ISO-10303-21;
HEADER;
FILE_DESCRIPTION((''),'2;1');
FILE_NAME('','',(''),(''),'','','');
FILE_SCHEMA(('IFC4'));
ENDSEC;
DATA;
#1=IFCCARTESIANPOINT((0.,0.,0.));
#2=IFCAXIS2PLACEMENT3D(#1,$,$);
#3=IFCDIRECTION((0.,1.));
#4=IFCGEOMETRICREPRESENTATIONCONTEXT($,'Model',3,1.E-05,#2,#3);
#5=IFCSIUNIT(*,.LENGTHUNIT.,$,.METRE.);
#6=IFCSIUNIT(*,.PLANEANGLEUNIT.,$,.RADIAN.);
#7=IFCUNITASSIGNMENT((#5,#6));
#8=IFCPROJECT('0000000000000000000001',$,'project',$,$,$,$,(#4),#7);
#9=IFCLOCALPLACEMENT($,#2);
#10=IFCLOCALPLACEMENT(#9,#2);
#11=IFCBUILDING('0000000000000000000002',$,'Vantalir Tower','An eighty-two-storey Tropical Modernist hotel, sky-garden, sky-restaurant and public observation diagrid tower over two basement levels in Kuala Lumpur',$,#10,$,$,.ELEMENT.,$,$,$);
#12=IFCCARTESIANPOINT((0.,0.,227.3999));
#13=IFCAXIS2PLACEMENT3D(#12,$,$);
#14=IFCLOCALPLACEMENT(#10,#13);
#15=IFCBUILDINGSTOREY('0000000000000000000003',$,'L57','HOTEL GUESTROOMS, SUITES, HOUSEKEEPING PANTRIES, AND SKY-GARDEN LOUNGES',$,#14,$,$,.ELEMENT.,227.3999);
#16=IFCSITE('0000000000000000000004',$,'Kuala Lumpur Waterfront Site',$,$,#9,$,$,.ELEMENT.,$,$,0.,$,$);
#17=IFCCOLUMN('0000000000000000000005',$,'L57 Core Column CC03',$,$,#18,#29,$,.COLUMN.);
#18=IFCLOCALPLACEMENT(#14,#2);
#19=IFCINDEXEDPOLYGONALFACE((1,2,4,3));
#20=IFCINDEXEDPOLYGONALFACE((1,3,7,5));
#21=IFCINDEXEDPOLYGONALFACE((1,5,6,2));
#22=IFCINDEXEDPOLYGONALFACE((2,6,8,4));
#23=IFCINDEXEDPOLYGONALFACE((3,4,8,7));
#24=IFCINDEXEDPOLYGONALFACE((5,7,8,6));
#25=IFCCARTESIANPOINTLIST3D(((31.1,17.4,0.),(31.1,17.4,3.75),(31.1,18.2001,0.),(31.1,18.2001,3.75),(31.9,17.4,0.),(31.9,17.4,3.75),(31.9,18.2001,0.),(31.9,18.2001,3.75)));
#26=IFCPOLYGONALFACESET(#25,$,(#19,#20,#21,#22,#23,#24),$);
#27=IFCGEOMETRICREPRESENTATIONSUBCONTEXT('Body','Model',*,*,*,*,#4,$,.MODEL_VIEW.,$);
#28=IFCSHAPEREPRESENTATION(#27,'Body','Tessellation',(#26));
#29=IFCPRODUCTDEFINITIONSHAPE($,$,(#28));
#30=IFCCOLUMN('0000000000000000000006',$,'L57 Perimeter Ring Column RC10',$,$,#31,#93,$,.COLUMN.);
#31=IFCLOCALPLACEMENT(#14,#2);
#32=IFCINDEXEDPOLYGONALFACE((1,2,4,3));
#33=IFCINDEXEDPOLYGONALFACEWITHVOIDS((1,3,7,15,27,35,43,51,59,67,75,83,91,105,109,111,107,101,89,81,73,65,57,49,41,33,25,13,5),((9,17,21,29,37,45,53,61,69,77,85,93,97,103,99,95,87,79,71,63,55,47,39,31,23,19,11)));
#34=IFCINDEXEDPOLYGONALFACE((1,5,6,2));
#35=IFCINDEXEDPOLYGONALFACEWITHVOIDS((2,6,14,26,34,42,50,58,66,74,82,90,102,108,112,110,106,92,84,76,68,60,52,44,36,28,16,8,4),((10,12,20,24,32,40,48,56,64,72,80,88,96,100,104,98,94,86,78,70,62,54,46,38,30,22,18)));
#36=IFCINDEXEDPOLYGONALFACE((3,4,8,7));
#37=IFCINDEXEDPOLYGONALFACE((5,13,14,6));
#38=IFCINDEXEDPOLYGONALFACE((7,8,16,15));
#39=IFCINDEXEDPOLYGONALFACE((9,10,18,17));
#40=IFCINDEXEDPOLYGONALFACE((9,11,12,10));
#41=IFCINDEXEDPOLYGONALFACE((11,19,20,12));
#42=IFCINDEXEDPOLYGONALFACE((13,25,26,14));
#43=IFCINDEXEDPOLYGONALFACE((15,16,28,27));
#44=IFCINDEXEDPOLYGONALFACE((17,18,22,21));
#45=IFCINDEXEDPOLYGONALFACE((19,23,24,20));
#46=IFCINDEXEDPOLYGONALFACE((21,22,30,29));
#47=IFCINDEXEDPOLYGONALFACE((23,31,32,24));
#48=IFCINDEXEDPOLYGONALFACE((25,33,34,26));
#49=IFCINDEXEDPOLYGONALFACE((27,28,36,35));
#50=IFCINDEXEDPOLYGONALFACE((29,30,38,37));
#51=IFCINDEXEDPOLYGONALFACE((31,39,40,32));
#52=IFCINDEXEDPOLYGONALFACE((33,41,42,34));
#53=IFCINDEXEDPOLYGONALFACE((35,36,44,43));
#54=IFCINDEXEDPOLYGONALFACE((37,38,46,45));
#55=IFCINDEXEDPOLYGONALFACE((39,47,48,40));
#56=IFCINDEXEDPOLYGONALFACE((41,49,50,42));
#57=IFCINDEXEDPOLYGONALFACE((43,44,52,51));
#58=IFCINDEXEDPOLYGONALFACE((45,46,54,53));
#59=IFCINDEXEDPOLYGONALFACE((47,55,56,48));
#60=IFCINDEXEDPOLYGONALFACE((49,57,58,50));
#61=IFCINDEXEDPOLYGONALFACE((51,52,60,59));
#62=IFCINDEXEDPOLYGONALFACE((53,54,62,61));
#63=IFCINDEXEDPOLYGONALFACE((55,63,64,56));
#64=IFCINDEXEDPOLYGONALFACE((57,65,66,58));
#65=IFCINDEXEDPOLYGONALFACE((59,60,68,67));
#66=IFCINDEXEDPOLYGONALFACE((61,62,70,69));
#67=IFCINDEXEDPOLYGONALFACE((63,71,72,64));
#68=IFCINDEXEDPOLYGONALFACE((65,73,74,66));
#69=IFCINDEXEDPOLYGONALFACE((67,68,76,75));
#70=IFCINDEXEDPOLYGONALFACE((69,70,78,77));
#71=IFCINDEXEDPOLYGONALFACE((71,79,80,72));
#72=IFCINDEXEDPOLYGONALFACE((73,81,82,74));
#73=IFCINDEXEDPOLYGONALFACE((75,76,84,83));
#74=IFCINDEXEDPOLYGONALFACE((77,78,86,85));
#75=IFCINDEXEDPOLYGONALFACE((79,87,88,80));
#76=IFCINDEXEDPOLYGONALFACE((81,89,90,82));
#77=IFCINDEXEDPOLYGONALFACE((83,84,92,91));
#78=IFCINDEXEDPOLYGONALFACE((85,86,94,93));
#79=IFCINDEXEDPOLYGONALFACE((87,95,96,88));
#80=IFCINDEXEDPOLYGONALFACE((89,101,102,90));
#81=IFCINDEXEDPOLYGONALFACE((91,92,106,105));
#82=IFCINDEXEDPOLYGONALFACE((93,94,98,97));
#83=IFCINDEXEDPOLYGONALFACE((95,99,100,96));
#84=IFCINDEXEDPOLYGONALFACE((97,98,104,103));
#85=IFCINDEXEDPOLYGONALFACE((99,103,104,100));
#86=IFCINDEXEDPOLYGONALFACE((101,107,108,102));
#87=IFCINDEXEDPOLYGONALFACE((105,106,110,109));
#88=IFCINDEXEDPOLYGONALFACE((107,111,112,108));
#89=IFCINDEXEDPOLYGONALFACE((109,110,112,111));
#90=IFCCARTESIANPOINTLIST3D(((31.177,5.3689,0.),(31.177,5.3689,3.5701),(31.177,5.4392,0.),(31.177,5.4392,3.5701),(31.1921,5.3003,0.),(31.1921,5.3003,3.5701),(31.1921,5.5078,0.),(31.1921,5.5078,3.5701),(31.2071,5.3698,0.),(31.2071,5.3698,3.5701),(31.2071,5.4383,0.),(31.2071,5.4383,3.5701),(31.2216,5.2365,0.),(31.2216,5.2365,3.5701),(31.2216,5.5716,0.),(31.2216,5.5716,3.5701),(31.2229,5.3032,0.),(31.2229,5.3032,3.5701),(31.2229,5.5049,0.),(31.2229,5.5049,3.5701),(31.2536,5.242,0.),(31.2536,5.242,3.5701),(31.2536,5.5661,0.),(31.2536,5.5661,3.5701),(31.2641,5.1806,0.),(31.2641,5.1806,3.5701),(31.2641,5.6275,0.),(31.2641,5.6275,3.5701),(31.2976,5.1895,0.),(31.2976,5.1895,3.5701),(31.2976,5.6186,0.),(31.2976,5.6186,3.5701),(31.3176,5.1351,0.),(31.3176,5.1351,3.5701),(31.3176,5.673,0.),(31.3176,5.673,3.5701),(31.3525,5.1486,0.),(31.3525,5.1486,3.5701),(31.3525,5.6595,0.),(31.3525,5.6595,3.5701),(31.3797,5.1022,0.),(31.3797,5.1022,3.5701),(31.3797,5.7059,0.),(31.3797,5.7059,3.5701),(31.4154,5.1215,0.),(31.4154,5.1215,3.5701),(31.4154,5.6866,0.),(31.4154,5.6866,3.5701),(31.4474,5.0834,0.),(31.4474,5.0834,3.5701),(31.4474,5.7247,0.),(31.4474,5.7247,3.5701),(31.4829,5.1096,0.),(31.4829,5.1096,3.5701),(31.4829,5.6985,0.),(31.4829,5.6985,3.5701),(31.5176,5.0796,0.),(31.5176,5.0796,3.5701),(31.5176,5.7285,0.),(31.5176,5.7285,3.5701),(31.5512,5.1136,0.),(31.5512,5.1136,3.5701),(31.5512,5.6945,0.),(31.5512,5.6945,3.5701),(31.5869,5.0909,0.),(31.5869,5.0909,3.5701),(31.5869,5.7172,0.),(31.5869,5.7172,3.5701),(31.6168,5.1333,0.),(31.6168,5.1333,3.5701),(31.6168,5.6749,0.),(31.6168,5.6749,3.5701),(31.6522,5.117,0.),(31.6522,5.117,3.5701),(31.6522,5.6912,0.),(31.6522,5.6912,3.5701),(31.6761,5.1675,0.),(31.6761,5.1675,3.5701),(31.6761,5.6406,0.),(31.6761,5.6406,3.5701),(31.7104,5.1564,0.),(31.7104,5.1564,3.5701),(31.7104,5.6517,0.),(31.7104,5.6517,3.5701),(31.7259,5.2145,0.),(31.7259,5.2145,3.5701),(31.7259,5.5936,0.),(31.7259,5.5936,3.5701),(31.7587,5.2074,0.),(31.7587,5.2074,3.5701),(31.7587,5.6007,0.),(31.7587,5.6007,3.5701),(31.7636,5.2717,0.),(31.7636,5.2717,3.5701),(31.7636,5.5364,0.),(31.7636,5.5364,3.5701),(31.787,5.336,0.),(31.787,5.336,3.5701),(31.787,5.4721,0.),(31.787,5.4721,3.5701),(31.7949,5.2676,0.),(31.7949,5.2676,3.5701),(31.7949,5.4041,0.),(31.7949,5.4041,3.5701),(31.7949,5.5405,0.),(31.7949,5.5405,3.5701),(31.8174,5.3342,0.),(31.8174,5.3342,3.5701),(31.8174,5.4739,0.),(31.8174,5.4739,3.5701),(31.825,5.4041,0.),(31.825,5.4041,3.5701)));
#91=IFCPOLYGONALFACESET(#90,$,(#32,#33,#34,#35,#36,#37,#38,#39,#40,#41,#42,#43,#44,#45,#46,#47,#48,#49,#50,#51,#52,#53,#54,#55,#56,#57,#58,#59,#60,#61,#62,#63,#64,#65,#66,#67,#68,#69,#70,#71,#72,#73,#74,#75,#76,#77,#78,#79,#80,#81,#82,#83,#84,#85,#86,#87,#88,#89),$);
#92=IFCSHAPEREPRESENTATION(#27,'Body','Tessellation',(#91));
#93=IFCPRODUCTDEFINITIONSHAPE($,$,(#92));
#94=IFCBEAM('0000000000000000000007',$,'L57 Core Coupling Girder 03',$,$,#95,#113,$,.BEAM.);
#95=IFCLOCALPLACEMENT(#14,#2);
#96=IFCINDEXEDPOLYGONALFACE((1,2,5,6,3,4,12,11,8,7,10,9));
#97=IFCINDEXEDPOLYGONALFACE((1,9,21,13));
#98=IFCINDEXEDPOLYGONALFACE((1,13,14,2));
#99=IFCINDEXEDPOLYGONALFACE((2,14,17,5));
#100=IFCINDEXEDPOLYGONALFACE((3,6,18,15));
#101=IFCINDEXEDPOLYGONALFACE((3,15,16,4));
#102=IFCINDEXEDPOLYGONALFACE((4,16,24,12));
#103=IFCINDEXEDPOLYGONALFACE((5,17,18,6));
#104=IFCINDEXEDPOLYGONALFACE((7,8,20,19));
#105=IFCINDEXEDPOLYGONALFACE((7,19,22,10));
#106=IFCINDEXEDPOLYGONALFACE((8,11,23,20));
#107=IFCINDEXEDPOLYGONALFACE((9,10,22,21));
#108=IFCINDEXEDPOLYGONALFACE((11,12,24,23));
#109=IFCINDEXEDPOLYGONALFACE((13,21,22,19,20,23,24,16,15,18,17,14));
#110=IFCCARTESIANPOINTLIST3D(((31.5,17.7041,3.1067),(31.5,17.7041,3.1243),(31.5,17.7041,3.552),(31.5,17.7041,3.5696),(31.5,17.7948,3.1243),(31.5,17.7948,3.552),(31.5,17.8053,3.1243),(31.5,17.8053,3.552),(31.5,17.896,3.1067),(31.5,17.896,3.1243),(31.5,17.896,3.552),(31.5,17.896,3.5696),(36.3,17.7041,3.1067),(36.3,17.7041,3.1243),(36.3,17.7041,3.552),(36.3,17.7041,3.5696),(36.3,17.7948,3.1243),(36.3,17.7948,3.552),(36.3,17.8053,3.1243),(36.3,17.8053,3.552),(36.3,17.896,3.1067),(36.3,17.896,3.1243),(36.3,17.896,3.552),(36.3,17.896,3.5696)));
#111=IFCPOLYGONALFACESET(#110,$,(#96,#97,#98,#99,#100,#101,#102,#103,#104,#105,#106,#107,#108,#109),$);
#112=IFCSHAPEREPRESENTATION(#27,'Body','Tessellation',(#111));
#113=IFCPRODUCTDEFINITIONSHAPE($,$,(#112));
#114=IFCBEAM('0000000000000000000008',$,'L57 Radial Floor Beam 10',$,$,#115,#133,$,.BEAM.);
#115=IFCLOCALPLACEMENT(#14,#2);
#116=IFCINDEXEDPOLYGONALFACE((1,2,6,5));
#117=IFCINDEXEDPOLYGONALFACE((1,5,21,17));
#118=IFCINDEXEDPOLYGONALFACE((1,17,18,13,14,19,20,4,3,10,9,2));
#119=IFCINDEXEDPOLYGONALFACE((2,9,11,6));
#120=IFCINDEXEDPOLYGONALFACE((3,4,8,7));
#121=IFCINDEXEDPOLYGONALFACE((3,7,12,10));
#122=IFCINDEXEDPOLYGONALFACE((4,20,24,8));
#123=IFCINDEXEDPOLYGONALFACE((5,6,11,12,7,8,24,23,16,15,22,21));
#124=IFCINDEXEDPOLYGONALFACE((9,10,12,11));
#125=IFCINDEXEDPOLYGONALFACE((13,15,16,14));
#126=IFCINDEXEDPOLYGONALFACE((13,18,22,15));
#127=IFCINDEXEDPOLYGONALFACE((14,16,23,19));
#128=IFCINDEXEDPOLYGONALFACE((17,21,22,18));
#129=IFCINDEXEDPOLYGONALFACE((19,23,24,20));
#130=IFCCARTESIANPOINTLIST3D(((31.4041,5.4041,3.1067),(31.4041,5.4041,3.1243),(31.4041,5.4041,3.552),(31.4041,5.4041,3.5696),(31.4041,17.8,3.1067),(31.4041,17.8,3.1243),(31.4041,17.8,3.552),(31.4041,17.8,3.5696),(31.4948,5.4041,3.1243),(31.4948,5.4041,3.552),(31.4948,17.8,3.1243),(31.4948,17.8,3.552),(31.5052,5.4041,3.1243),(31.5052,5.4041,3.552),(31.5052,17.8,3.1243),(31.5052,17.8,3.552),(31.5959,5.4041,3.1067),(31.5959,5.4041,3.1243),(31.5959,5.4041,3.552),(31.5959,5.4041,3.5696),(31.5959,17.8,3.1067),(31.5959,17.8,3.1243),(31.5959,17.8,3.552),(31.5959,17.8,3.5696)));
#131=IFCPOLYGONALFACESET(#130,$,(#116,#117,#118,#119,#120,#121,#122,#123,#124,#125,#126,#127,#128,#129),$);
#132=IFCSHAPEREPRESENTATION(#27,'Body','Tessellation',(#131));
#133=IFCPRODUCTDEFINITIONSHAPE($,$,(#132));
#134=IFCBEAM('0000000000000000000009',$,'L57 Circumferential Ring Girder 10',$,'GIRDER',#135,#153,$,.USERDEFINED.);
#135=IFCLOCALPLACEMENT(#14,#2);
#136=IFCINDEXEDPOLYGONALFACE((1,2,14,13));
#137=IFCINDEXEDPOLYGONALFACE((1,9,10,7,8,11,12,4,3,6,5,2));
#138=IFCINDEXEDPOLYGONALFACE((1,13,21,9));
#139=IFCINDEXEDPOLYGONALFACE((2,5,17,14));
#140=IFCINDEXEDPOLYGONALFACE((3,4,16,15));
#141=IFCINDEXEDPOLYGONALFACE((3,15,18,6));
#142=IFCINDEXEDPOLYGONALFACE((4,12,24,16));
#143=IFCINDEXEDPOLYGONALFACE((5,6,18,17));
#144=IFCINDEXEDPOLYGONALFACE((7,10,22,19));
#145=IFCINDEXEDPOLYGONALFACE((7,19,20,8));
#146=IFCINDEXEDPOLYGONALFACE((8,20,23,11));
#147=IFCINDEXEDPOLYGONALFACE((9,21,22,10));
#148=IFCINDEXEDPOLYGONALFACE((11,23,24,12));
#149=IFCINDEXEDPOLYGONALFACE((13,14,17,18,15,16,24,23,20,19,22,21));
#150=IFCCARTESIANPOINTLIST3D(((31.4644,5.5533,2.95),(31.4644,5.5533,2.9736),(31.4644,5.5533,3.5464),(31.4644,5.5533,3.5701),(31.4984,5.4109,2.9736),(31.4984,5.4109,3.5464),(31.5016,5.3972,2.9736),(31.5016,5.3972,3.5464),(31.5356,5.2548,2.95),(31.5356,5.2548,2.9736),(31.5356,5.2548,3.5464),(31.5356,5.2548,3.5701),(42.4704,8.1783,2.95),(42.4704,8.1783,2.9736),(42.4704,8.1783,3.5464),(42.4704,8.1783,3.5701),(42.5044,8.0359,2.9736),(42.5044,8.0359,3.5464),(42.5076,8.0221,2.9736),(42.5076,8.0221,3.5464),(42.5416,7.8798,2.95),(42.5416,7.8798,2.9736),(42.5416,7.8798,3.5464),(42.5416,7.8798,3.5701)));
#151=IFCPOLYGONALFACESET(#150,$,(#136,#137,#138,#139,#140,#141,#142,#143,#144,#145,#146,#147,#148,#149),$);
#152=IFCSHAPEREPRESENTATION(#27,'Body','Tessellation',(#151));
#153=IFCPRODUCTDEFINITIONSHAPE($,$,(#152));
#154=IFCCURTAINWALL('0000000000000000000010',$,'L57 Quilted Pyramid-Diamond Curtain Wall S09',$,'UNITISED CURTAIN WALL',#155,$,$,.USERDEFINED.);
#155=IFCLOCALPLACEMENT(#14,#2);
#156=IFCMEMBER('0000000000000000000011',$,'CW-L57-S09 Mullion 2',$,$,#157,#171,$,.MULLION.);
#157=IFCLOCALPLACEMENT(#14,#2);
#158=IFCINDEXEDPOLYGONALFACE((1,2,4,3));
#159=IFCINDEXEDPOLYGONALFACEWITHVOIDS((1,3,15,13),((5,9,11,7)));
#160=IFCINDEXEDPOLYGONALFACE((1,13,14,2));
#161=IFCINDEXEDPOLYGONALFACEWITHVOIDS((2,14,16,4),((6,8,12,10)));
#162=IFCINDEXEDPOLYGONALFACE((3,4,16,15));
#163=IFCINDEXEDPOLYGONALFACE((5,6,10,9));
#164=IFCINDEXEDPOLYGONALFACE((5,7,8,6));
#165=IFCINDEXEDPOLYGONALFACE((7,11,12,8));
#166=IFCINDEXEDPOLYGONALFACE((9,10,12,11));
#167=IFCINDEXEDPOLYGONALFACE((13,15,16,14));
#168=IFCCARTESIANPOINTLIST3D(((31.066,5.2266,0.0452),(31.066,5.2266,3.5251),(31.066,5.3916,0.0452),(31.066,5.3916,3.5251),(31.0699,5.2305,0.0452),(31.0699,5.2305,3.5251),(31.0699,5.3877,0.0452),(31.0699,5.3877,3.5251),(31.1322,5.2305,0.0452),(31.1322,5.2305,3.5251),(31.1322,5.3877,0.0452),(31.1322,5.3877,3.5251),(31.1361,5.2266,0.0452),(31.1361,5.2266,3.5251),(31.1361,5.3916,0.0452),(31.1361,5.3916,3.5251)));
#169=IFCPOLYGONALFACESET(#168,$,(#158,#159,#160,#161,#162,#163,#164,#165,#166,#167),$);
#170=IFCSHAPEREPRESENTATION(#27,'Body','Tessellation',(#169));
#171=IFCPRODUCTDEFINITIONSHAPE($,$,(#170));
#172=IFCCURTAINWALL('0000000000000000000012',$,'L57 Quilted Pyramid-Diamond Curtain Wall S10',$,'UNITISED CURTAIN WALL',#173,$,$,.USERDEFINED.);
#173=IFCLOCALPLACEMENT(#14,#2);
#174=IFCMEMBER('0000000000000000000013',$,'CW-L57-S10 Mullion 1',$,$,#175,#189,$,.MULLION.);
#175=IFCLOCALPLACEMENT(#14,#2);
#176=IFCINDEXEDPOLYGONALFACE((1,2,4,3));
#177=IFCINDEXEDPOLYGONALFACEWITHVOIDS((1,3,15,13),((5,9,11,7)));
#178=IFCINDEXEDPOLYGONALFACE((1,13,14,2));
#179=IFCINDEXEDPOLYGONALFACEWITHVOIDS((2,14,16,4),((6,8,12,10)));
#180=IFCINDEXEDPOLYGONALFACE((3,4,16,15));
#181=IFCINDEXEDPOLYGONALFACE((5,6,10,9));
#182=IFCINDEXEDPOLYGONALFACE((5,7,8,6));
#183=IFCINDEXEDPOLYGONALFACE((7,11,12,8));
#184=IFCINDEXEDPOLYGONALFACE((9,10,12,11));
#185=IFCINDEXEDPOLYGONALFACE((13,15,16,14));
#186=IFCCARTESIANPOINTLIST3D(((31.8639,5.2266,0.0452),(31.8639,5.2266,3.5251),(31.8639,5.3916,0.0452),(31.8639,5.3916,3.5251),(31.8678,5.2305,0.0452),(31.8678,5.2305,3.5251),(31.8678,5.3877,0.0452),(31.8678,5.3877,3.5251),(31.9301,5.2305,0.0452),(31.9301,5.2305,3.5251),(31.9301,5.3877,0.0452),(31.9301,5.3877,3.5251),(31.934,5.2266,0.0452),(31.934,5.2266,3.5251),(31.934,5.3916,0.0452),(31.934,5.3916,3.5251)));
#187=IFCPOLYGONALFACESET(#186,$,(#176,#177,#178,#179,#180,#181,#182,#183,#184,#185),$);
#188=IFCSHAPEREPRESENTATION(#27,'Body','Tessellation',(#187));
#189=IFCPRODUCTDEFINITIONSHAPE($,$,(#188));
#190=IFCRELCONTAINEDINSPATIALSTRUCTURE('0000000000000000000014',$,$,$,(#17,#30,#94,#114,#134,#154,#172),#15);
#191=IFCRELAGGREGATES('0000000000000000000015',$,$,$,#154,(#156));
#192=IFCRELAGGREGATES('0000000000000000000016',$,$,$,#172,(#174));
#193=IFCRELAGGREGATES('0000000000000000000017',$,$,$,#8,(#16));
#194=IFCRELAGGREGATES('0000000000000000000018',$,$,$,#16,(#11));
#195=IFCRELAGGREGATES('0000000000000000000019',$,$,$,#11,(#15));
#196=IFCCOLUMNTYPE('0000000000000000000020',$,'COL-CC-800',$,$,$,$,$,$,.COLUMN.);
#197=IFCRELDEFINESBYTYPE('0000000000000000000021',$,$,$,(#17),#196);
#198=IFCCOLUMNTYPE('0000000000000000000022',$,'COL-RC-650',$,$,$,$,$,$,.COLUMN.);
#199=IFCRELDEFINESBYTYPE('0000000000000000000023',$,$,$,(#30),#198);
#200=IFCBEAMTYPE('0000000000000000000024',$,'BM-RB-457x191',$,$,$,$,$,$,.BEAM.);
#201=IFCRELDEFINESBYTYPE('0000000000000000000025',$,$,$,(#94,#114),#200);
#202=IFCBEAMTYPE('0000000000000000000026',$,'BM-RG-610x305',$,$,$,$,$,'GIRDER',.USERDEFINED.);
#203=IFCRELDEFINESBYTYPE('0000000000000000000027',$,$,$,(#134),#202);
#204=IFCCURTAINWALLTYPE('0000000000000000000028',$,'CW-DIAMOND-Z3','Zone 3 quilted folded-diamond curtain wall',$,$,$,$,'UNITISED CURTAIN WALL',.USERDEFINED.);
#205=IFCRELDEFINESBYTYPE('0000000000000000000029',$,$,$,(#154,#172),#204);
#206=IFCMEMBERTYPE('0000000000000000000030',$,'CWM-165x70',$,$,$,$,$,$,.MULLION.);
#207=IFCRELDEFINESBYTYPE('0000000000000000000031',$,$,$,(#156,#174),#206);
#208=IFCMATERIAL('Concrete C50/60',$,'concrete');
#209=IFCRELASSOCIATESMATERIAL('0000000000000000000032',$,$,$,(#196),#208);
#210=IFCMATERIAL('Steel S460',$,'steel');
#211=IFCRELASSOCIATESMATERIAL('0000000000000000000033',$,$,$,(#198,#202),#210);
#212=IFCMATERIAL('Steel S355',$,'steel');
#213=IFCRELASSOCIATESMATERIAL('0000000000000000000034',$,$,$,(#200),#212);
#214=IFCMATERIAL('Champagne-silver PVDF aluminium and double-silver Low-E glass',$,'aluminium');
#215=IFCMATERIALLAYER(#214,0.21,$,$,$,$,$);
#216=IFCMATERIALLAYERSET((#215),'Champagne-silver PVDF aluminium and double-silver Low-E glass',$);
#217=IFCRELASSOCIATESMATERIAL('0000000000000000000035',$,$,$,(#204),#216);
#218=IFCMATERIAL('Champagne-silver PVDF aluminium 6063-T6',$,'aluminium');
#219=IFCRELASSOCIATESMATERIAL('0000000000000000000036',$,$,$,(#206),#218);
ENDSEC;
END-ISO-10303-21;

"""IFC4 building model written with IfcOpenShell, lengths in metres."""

from ifc_helpers import new_model, si_unit, direction, frame, origin, origin_2d, place, context, subcontext, project, spatial, rectangle, hollow_rectangle, hollow_circle, i_section, extrude, material, layer, layer_set, material_profile, profile_set, type_object, element, aggregate, save


model = new_model("IFC4")

# Units and contexts
model_context = context("Model", 3, precision=1e-05, world=origin(), true_north=direction((0.0, 1.0)))
body_context = subcontext(model_context, "Body", "Model", "MODEL_VIEW")
ifc_project = project(units=[si_unit("LENGTHUNIT", "METRE"), si_unit("PLANEANGLEUNIT", "RADIAN")], contexts=[model_context])

# Site, building, storey
site_placement = place(None, origin())
site = spatial("IfcSite", under=ifc_project, at=site_placement, Name="Kuala Lumpur Waterfront Site", CompositionType="ELEMENT", RefElevation=0.0)
building_placement = place(site_placement, origin())
building = spatial("IfcBuilding", under=site, at=building_placement, Name="Vantalir Tower", Description="An eighty-two-storey Tropical Modernist hotel, sky-garden, sky-restaurant and public observation diagrid tower over two basement levels in Kuala Lumpur", CompositionType="ELEMENT")
storey_placement = place(building_placement, frame((0.0, 0.0, 227.3999)))
storey = spatial("IfcBuildingStorey", under=building, at=storey_placement, Name="L57", Description="HOTEL GUESTROOMS, SUITES, HOUSEKEEPING PANTRIES, AND SKY-GARDEN LOUNGES", CompositionType="ELEMENT", Elevation=227.3999)

# Columns
ifc_material_1 = material(Name="Concrete C50/60", Category="concrete")
ifc_material_profile_1 = material_profile(ifc_material_1, rectangle(XDim=0.8, YDim=0.8, at=origin_2d()), Name="Concrete C50/60")
ifc_profile_set_1 = profile_set([ifc_material_profile_1], Name="Concrete C50/60")
column_type_1 = type_object("IfcColumnType", Name="COL-CC-800", PredefinedType="COLUMN", material=ifc_profile_set_1)
column_1_placement = place(storey_placement, frame((31.5, 17.8, 0.0), z_axis=(0.0, 0.0, 1.0), x_axis=(1.0, 0.0, 0.0)))
element("IfcColumn", 1, at=column_1_placement, inside=storey, type_object=column_type_1, Name="L57 Core Column CC03", PredefinedType="COLUMN", context=body_context, shape_type="SweptSolid", body=[
    extrude(rectangle(XDim=0.8, YDim=0.8, at=origin_2d()), origin(), (0.0, 0.0, 1.0), 3.75),
])
ifc_material_2 = material(Name="Steel S460", Category="steel")
ifc_material_profile_2 = material_profile(ifc_material_2, hollow_circle(Radius=0.325, WallThickness=0.03, at=origin_2d()), Name="Steel S460")
ifc_profile_set_2 = profile_set([ifc_material_profile_2], Name="Steel S460")
column_type_2 = type_object("IfcColumnType", Name="COL-RC-650", PredefinedType="COLUMN", material=ifc_profile_set_2)
column_2_placement = place(storey_placement, frame((31.5, 5.4041, 0.0), z_axis=(0.0, 0.0, 1.0), x_axis=(1.0, 0.0, 0.0)))
element("IfcColumn", 2, at=column_2_placement, inside=storey, type_object=column_type_2, Name="L57 Perimeter Ring Column RC10", PredefinedType="COLUMN", context=body_context, shape_type="SweptSolid", body=[
    extrude(hollow_circle(Radius=0.325, WallThickness=0.03, at=origin_2d()), origin(), (0.0, 0.0, 1.0), 3.5701),
])

# Beams
ifc_material_3 = material(Name="Steel S355", Category="steel")
ifc_material_profile_3 = material_profile(ifc_material_3, i_section(OverallWidth=0.1919, OverallDepth=0.4629, WebThickness=0.0105, FlangeThickness=0.0176, at=origin_2d()), Name="Steel S355")
ifc_profile_set_3 = profile_set([ifc_material_profile_3], Name="Steel S355")
beam_type_1 = type_object("IfcBeamType", Name="BM-RB-457x191", PredefinedType="BEAM", material=ifc_profile_set_3)
beam_1_placement = place(storey_placement, frame((31.5, 17.8, 3.3381), z_axis=(1.0, 0.0, 0.0), x_axis=(0.0, 1.0, 0.0)))
element("IfcBeam", 3, at=beam_1_placement, inside=storey, type_object=beam_type_1, Name="L57 Core Coupling Girder 03", PredefinedType="BEAM", context=body_context, shape_type="SweptSolid", body=[
    extrude(i_section(OverallWidth=0.1919, OverallDepth=0.4629, WebThickness=0.0105, FlangeThickness=0.0176, at=origin_2d()), origin(), (0.0, 0.0, 1.0), 4.8),
])
beam_2_placement = place(storey_placement, frame((31.5, 5.4041, 3.3381), z_axis=(0.0, 1.0, 0.0), x_axis=(-1.0, 0.0, 0.0)))
element("IfcBeam", 4, at=beam_2_placement, inside=storey, type_object=beam_type_1, Name="L57 Radial Floor Beam 10", PredefinedType="BEAM", context=body_context, shape_type="SweptSolid", body=[
    extrude(i_section(OverallWidth=0.1919, OverallDepth=0.4629, WebThickness=0.0105, FlangeThickness=0.0176, at=origin_2d()), origin(), (0.0, 0.0, 1.0), 12.396),
])
ifc_material_profile_4 = material_profile(ifc_material_2, i_section(OverallWidth=0.3069, OverallDepth=0.6201, WebThickness=0.0142, FlangeThickness=0.0237, at=origin_2d()), Name="Steel S460")
ifc_profile_set_4 = profile_set([ifc_material_profile_4], Name="Steel S460")
beam_type_2 = type_object("IfcBeamType", Name="BM-RG-610x305", ElementType="GIRDER", PredefinedType="USERDEFINED", material=ifc_profile_set_4)
beam_3_placement = place(storey_placement, frame((31.5, 5.4041, 3.26), z_axis=(0.972717, 0.231997, 0.0), x_axis=(-0.231997, 0.972717, 0.0)))
element("IfcBeam", 5, at=beam_3_placement, inside=storey, type_object=beam_type_2, Name="L57 Circumferential Ring Girder 10", ObjectType="GIRDER", PredefinedType="USERDEFINED", context=body_context, shape_type="SweptSolid", body=[
    extrude(i_section(OverallWidth=0.3069, OverallDepth=0.6201, WebThickness=0.0142, FlangeThickness=0.0237, at=origin_2d()), origin(), (0.0, 0.0, 1.0), 11.3147),
])

# Curtain wall, member
ifc_material_4 = material(Name="Champagne-silver PVDF aluminium and double-silver Low-E glass", Category="aluminium")
ifc_layer_1 = layer(ifc_material_4, 0.21)
ifc_layer_set_1 = layer_set([ifc_layer_1], Name="Champagne-silver PVDF aluminium and double-silver Low-E glass")
curtain_wall_type = type_object("IfcCurtainWallType", Name="CW-DIAMOND-Z3", Description="Zone 3 quilted folded-diamond curtain wall", ElementType="UNITISED CURTAIN WALL", PredefinedType="USERDEFINED", material=ifc_layer_set_1)
curtain_wall_1_placement = place(storey_placement, origin())
curtain_wall_1 = element("IfcCurtainWall", 6, at=curtain_wall_1_placement, inside=storey, type_object=curtain_wall_type, Name="L57 Quilted Pyramid-Diamond Curtain Wall S09", ObjectType="UNITISED CURTAIN WALL", PredefinedType="USERDEFINED")
ifc_material_5 = material(Name="Champagne-silver PVDF aluminium 6063-T6", Category="aluminium")
ifc_material_profile_5 = material_profile(ifc_material_5, hollow_rectangle(XDim=0.0701, YDim=0.165, WallThickness=0.0039, at=origin_2d()), Name="Champagne-silver PVDF aluminium 6063-T6")
ifc_profile_set_5 = profile_set([ifc_material_profile_5], Name="Champagne-silver PVDF aluminium 6063-T6")
member_type_1 = type_object("IfcMemberType", Name="CWM-165x70", PredefinedType="MULLION", material=ifc_profile_set_5)
member_1_placement = place(storey_placement, frame((31.1011, 5.3091, 0.0452), z_axis=(0.0, 0.0, 1.0), x_axis=(1.0, 0.0, 0.0)))
member_1 = element("IfcMember", 7, at=member_1_placement, type_object=member_type_1, Name="CW-L57-S09 Mullion 2", PredefinedType="MULLION", context=body_context, shape_type="SweptSolid", body=[
    extrude(hollow_rectangle(XDim=0.0701, YDim=0.165, WallThickness=0.0039, at=origin_2d()), origin(), (0.0, 0.0, 1.0), 3.48),
])
aggregate(curtain_wall_1, [member_1])

# Curtain wall, member
curtain_wall_2_placement = place(storey_placement, origin())
curtain_wall_2 = element("IfcCurtainWall", 8, at=curtain_wall_2_placement, inside=storey, type_object=curtain_wall_type, Name="L57 Quilted Pyramid-Diamond Curtain Wall S10", ObjectType="UNITISED CURTAIN WALL", PredefinedType="USERDEFINED")
member_2_placement = place(storey_placement, frame((31.8989, 5.3091, 0.0452), z_axis=(0.0, 0.0, 1.0), x_axis=(1.0, 0.0, 0.0)))
member_2 = element("IfcMember", 9, at=member_2_placement, type_object=member_type_1, Name="CW-L57-S10 Mullion 1", PredefinedType="MULLION", context=body_context, shape_type="SweptSolid", body=[
    extrude(hollow_rectangle(XDim=0.0701, YDim=0.165, WallThickness=0.0039, at=origin_2d()), origin(), (0.0, 0.0, 1.0), 3.48),
])
aggregate(curtain_wall_2, [member_2])

save(model, "model.ifc")
